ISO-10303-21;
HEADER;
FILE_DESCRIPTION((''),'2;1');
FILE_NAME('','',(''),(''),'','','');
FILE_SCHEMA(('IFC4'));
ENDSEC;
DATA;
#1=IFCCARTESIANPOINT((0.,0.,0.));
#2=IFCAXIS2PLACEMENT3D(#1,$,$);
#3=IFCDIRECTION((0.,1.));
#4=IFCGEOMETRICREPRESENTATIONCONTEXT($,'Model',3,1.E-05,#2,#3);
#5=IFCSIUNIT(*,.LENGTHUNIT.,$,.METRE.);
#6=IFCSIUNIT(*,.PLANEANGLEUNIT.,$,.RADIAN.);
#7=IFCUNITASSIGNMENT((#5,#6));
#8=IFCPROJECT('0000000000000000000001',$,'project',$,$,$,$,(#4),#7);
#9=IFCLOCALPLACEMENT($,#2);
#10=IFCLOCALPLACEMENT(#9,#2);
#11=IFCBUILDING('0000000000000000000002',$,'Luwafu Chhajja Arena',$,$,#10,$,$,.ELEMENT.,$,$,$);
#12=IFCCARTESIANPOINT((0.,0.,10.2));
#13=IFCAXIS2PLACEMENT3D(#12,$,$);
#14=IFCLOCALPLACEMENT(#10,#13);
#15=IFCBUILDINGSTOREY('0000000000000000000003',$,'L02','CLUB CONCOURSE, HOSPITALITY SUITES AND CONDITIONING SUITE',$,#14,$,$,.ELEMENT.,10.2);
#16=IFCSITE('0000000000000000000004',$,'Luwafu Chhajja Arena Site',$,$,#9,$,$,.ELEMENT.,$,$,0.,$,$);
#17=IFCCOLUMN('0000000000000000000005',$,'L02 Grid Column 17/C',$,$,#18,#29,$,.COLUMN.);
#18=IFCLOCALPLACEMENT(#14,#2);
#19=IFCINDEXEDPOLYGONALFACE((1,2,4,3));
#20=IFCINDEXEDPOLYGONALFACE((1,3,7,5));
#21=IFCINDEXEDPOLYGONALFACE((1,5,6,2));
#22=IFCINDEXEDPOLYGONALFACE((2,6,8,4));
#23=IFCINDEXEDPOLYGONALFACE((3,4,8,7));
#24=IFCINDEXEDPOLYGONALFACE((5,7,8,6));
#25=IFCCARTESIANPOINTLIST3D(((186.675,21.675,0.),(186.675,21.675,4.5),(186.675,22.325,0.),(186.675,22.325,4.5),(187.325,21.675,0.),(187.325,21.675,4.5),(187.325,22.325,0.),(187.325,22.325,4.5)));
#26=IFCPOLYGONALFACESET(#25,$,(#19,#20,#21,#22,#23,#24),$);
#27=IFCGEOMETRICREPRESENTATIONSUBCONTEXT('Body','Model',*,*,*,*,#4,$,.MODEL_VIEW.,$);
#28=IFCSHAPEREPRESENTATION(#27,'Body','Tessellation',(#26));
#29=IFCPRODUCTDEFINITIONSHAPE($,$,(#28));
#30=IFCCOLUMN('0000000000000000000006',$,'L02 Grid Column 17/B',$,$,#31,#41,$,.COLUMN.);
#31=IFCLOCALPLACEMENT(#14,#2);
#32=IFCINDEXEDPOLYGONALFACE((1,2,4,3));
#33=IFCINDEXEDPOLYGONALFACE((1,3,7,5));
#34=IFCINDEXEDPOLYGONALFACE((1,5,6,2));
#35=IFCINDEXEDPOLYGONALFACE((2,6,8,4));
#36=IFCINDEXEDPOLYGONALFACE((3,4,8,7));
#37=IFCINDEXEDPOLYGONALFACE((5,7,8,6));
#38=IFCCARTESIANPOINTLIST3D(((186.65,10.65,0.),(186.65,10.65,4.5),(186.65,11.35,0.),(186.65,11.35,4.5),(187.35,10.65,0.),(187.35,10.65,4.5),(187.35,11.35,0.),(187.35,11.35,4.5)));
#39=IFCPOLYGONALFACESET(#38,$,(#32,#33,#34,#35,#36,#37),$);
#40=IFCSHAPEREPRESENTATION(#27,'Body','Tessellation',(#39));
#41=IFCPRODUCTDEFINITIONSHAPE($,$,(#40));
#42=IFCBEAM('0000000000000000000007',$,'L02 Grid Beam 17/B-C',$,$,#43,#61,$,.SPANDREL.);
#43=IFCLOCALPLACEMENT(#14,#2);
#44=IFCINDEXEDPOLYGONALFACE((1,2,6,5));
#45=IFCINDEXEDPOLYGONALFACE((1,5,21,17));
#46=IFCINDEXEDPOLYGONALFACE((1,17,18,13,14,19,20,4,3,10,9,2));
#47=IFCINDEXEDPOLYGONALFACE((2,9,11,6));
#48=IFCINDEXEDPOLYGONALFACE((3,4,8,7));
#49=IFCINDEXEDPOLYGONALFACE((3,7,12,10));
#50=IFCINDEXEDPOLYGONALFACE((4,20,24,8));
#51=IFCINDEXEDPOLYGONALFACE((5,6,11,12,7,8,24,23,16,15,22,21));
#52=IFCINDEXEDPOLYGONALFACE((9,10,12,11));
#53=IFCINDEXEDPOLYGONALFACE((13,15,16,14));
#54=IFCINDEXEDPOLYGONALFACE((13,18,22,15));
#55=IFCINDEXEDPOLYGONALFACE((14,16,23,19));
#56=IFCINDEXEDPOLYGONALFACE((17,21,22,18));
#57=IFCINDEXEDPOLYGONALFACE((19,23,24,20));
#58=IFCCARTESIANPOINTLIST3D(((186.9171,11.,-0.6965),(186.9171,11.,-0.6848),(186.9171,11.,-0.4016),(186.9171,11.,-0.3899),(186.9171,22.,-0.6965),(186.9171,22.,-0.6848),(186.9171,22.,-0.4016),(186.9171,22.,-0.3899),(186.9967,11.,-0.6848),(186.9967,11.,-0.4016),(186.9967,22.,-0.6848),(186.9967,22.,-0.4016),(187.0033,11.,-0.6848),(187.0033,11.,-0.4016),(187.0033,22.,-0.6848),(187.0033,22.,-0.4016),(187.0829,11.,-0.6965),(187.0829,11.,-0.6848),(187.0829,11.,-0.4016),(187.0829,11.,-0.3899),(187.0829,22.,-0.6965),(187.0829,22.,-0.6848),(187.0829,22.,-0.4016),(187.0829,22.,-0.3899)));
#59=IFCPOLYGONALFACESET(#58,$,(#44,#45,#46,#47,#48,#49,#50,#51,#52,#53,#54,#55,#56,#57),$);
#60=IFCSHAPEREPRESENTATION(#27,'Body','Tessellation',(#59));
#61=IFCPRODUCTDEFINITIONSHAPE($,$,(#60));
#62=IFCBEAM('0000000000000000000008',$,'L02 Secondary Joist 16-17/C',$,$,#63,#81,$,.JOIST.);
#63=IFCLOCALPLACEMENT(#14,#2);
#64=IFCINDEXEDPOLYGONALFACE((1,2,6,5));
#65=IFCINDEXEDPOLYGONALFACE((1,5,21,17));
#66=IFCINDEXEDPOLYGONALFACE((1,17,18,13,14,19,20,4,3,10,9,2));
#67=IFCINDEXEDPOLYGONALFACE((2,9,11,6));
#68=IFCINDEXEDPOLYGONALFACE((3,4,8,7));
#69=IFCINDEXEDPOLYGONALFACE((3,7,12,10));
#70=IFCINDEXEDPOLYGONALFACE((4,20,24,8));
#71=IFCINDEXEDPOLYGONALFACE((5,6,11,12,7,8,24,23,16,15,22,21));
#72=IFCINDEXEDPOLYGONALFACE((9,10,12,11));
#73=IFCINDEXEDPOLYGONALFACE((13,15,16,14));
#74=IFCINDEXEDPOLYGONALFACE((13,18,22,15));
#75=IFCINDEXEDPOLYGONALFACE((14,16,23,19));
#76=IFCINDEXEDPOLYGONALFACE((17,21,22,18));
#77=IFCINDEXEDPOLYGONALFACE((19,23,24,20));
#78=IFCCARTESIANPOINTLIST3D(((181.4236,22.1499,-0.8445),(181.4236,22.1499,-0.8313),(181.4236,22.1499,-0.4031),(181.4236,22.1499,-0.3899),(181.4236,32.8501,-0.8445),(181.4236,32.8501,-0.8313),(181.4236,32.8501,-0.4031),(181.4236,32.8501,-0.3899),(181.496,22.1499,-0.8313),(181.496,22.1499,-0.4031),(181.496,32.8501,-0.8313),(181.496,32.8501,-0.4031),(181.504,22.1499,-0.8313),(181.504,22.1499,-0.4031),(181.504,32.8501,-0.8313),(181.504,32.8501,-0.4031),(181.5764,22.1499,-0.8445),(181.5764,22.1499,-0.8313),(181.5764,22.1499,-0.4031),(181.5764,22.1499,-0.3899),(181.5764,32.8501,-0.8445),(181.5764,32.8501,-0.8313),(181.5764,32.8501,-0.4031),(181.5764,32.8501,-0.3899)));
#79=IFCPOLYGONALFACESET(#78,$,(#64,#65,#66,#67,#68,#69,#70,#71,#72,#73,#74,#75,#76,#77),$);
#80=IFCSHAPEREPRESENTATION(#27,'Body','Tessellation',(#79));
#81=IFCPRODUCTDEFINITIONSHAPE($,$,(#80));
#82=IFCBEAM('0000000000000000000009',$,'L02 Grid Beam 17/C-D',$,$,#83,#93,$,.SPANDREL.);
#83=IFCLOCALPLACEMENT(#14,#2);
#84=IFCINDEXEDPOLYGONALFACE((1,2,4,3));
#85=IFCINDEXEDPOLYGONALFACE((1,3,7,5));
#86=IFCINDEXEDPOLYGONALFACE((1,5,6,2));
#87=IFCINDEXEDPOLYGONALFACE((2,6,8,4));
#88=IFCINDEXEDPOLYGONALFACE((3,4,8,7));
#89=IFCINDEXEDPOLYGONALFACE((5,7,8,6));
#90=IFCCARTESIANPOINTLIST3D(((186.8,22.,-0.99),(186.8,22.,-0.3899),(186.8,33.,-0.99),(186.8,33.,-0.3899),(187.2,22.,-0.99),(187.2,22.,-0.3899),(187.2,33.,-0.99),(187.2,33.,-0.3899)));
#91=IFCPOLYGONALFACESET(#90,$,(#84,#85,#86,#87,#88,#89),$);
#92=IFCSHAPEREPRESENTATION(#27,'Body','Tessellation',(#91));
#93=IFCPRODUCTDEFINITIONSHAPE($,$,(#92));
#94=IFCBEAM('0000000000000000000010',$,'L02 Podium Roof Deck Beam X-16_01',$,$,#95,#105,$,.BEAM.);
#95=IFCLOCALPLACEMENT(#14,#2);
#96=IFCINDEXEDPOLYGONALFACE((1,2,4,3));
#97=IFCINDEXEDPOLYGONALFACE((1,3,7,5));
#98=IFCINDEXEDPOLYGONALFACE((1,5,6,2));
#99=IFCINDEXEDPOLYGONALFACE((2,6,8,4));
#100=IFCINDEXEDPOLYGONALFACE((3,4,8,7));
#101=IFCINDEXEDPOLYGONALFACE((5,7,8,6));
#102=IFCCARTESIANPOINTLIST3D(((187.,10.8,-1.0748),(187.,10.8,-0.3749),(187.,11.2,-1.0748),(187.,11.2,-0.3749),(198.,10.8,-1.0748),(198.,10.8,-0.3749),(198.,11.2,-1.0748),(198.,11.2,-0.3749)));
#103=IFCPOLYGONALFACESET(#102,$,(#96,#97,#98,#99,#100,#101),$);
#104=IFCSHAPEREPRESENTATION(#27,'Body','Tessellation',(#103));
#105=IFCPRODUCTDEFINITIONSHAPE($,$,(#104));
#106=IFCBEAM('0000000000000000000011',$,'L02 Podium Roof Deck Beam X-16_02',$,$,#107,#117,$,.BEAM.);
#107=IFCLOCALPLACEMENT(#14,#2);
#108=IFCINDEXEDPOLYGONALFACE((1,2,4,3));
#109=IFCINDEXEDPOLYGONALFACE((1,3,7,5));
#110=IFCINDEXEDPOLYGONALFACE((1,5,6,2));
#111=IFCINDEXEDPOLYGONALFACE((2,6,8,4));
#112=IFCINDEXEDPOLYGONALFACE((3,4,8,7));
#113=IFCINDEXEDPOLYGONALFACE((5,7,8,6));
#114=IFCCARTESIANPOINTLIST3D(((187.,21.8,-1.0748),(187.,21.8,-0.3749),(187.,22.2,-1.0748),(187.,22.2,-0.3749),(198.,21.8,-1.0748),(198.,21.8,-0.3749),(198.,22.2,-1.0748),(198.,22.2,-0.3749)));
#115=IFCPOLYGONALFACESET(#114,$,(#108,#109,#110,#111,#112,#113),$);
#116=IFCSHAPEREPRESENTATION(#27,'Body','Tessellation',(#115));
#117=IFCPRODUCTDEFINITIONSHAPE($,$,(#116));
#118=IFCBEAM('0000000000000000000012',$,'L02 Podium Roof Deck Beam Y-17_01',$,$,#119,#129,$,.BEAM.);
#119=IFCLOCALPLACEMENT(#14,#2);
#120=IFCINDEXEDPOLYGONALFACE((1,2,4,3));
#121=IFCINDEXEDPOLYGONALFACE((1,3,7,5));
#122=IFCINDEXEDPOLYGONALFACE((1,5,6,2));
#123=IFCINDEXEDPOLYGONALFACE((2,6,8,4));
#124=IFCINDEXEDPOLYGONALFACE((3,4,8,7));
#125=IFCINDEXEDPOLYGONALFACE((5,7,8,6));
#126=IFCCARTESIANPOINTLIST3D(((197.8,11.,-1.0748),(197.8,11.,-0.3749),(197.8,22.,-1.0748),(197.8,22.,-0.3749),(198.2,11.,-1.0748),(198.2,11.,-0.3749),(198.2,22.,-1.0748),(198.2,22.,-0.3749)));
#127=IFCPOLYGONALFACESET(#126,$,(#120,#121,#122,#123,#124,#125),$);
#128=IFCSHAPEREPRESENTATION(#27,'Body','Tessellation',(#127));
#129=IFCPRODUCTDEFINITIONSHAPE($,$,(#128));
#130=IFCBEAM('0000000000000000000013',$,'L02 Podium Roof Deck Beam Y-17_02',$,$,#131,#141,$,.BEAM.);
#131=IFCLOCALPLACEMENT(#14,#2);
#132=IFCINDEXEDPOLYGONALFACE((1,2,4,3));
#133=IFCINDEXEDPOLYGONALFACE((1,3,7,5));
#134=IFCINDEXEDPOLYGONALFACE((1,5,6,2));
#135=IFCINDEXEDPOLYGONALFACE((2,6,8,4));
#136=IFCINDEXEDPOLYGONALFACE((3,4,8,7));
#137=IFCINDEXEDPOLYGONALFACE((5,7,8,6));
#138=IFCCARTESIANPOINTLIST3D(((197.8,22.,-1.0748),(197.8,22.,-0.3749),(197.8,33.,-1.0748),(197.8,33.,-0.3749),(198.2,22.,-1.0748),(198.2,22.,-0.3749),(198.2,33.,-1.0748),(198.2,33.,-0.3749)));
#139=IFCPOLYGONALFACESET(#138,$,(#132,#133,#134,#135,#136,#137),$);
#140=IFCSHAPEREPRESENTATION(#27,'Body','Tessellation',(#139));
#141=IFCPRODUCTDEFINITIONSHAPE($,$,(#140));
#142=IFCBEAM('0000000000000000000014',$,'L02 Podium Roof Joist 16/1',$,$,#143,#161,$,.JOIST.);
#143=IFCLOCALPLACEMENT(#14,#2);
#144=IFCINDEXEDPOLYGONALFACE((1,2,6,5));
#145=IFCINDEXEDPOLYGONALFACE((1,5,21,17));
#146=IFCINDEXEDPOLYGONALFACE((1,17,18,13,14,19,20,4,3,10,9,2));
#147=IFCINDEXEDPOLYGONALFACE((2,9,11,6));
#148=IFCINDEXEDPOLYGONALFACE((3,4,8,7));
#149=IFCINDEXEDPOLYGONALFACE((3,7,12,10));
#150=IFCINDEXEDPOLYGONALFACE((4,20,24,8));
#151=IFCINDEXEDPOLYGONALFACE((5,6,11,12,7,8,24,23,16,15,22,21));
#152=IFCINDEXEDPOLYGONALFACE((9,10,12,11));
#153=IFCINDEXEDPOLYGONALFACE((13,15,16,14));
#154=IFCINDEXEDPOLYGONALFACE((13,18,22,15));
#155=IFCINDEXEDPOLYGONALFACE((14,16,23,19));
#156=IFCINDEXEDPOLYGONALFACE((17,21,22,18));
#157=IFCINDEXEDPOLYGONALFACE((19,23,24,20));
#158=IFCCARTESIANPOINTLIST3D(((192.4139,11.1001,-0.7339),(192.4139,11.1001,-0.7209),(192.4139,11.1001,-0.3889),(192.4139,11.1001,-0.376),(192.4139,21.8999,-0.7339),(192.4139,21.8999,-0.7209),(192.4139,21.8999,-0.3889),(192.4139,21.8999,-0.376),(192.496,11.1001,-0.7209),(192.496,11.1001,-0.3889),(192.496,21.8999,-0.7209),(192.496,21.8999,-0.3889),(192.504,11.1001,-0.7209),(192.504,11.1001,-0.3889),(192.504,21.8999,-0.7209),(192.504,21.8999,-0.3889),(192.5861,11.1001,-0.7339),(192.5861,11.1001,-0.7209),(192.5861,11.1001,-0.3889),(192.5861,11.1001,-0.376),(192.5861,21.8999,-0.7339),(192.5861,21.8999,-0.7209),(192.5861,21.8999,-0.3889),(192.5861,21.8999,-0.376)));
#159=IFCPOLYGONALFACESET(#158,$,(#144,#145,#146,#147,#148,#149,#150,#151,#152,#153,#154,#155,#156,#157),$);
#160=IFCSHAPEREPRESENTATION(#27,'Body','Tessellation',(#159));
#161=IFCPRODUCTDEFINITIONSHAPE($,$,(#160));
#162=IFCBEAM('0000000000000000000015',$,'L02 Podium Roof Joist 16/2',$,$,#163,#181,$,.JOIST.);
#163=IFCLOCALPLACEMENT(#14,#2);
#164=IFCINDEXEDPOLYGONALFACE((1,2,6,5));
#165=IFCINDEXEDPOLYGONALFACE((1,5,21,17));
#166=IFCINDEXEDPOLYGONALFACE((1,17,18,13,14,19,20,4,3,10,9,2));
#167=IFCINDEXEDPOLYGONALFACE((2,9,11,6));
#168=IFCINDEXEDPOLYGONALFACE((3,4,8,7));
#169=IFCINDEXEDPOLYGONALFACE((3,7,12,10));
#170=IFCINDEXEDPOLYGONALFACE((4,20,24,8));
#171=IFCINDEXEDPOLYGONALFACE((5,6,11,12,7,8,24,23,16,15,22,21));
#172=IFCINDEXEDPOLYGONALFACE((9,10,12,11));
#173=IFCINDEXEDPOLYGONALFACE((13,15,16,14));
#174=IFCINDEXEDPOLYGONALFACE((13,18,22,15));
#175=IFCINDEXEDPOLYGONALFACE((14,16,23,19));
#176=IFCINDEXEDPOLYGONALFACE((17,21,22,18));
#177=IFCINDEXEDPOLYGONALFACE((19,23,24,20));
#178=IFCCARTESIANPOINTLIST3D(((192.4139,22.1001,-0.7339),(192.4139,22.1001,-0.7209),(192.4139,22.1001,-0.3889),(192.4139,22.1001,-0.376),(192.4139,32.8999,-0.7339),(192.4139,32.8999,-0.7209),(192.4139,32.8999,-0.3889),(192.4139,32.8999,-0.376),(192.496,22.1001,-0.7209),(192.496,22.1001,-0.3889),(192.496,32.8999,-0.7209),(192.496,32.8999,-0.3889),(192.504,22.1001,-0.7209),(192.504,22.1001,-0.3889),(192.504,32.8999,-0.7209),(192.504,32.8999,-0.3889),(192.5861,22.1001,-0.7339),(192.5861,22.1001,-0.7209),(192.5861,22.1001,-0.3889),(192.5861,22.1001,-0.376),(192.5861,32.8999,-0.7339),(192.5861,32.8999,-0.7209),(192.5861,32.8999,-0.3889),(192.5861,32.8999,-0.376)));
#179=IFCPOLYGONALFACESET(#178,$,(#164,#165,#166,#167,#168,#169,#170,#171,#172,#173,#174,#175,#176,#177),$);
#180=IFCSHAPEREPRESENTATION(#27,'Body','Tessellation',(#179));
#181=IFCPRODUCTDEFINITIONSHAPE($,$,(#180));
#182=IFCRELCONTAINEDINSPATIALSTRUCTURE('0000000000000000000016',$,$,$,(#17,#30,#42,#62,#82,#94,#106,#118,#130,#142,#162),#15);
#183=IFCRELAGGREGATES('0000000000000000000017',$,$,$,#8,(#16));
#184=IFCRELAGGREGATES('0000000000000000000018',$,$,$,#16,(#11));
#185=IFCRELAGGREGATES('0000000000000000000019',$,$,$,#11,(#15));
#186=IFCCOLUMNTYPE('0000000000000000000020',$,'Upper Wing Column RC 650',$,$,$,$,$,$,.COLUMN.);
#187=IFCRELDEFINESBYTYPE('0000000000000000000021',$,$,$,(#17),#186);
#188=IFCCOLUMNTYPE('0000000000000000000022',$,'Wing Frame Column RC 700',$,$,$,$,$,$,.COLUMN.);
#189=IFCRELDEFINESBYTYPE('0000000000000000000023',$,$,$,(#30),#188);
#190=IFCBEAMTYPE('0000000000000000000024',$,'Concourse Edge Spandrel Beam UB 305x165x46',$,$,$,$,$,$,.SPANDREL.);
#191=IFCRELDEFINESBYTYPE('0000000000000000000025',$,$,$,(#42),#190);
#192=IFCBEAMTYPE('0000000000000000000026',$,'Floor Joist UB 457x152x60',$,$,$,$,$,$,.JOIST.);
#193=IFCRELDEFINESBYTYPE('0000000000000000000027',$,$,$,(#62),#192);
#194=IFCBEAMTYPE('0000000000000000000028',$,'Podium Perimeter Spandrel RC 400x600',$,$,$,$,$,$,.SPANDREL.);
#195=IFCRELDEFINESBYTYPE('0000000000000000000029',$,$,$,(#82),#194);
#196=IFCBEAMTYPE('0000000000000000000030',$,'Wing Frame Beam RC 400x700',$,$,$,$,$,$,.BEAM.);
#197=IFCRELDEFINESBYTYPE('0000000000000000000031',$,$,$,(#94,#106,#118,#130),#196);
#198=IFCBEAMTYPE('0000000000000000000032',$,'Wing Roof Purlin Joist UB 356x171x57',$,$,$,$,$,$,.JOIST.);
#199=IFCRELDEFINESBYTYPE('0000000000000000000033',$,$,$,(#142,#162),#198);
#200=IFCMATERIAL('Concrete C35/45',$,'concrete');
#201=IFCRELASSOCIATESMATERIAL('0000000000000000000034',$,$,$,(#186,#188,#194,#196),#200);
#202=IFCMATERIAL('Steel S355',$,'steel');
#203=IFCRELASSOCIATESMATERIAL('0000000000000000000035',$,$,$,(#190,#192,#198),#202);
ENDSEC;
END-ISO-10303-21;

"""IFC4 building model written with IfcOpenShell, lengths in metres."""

from ifc_helpers import new_model, si_unit, direction, frame, origin, origin_2d, place, context, subcontext, project, spatial, rectangle, i_section, extrude, material, material_profile, profile_set, type_object, element, save


model = new_model("IFC4")

# Units and contexts
model_context = context("Model", 3, precision=1e-05, world=origin(), true_north=direction((0.0, 1.0)))
body_context = subcontext(model_context, "Body", "Model", "MODEL_VIEW")
ifc_project = project(units=[si_unit("LENGTHUNIT", "METRE"), si_unit("PLANEANGLEUNIT", "RADIAN")], contexts=[model_context])

# Site, building, storey
site_placement = place(None, origin())
site = spatial("IfcSite", under=ifc_project, at=site_placement, Name="Luwafu Chhajja Arena Site", CompositionType="ELEMENT", RefElevation=0.0)
building_placement = place(site_placement, origin())
building = spatial("IfcBuilding", under=site, at=building_placement, Name="Luwafu Chhajja Arena", CompositionType="ELEMENT")
storey_placement = place(building_placement, frame((0.0, 0.0, 10.2)))
storey = spatial("IfcBuildingStorey", under=building, at=storey_placement, Name="L02", Description="CLUB CONCOURSE, HOSPITALITY SUITES AND CONDITIONING SUITE", CompositionType="ELEMENT", Elevation=10.2)

# Columns
ifc_material_1 = material(Name="Concrete C35/45", Category="concrete")
ifc_material_profile_1 = material_profile(ifc_material_1, rectangle(XDim=0.6499, YDim=0.6499, at=origin_2d()), Name="RC 650x650")
ifc_profile_set_1 = profile_set([ifc_material_profile_1], Name="Concrete C35/45")
column_type_1 = type_object("IfcColumnType", Name="Upper Wing Column RC 650", PredefinedType="COLUMN", material=ifc_profile_set_1)
column_1_placement = place(storey_placement, frame((187.0, 22.0, 0.0), z_axis=(0.0, 0.0, 1.0), x_axis=(1.0, 0.0, 0.0)))
element("IfcColumn", 1, at=column_1_placement, inside=storey, type_object=column_type_1, Name="L02 Grid Column 17/C", PredefinedType="COLUMN", context=body_context, shape_type="SweptSolid", body=[
    extrude(rectangle(XDim=0.6499, YDim=0.6499, at=origin_2d()), origin(), (0.0, 0.0, 1.0), 4.5),
])
ifc_material_profile_2 = material_profile(ifc_material_1, rectangle(XDim=0.7, YDim=0.7, at=origin_2d()), Name="RC 700x700")
ifc_profile_set_2 = profile_set([ifc_material_profile_2], Name="Concrete C35/45")
column_type_2 = type_object("IfcColumnType", Name="Wing Frame Column RC 700", PredefinedType="COLUMN", material=ifc_profile_set_2)
column_2_placement = place(storey_placement, frame((187.0, 11.0, 0.0), z_axis=(0.0, 0.0, 1.0), x_axis=(1.0, 0.0, 0.0)))
element("IfcColumn", 2, at=column_2_placement, inside=storey, type_object=column_type_2, Name="L02 Grid Column 17/B", PredefinedType="COLUMN", context=body_context, shape_type="SweptSolid", body=[
    extrude(rectangle(XDim=0.7, YDim=0.7, at=origin_2d()), origin(), (0.0, 0.0, 1.0), 4.5),
])

# Beams
ifc_material_2 = material(Name="Steel S355", Category="steel")
ifc_material_profile_3 = material_profile(ifc_material_2, i_section(OverallWidth=0.1658, OverallDepth=0.3066, WebThickness=0.0066, FlangeThickness=0.0117, at=origin_2d()), Name="UB 305x165x46")
ifc_profile_set_3 = profile_set([ifc_material_profile_3], Name="Steel S355")
beam_type_1 = type_object("IfcBeamType", Name="Concourse Edge Spandrel Beam UB 305x165x46", PredefinedType="SPANDREL", material=ifc_profile_set_3)
beam_1_placement = place(storey_placement, frame((187.0, 11.0, -0.5432), z_axis=(0.0, 1.0, 0.0), x_axis=(-1.0, 0.0, 0.0)))
element("IfcBeam", 3, at=beam_1_placement, inside=storey, type_object=beam_type_1, Name="L02 Grid Beam 17/B-C", PredefinedType="SPANDREL", context=body_context, shape_type="SweptSolid", body=[
    extrude(i_section(OverallWidth=0.1658, OverallDepth=0.3066, WebThickness=0.0066, FlangeThickness=0.0117, at=origin_2d()), origin(), (0.0, 0.0, 1.0), 11.0),
])
ifc_material_profile_4 = material_profile(ifc_material_2, i_section(OverallWidth=0.1528, OverallDepth=0.4546, WebThickness=0.0081, FlangeThickness=0.0132, at=origin_2d()), Name="UB 457x152x60")
ifc_profile_set_4 = profile_set([ifc_material_profile_4], Name="Steel S355")
beam_type_2 = type_object("IfcBeamType", Name="Floor Joist UB 457x152x60", PredefinedType="JOIST", material=ifc_profile_set_4)
beam_2_placement = place(storey_placement, frame((181.5, 22.1499, -0.6172), z_axis=(0.0, 1.0, 0.0), x_axis=(-1.0, 0.0, 0.0)))
element("IfcBeam", 4, at=beam_2_placement, inside=storey, type_object=beam_type_2, Name="L02 Secondary Joist 16-17/C", PredefinedType="JOIST", context=body_context, shape_type="SweptSolid", body=[
    extrude(i_section(OverallWidth=0.1528, OverallDepth=0.4546, WebThickness=0.0081, FlangeThickness=0.0132, at=origin_2d()), origin(), (0.0, 0.0, 1.0), 10.7002),
])
ifc_material_profile_5 = material_profile(ifc_material_1, rectangle(XDim=0.3999, YDim=0.6001, at=origin_2d()), Name="RC 400x600")
ifc_profile_set_5 = profile_set([ifc_material_profile_5], Name="Concrete C35/45")
beam_type_3 = type_object("IfcBeamType", Name="Podium Perimeter Spandrel RC 400x600", PredefinedType="SPANDREL", material=ifc_profile_set_5)
beam_3_placement = place(storey_placement, frame((187.0, 22.0, -0.6899), z_axis=(0.0, 1.0, 0.0), x_axis=(-1.0, 0.0, 0.0)))
element("IfcBeam", 5, at=beam_3_placement, inside=storey, type_object=beam_type_3, Name="L02 Grid Beam 17/C-D", PredefinedType="SPANDREL", context=body_context, shape_type="SweptSolid", body=[
    extrude(rectangle(XDim=0.3999, YDim=0.6001, at=origin_2d()), origin(), (0.0, 0.0, 1.0), 11.0),
])
ifc_material_profile_6 = material_profile(ifc_material_1, rectangle(XDim=0.3999, YDim=0.7, at=origin_2d()), Name="RC 400x700")
ifc_profile_set_6 = profile_set([ifc_material_profile_6], Name="Concrete C35/45")
beam_type_4 = type_object("IfcBeamType", Name="Wing Frame Beam RC 400x700", PredefinedType="BEAM", material=ifc_profile_set_6)
for number, where, z_axis, x_axis, name in (
    (6, (187.0, 11.0, -0.7249), (1.0, 0.0, 0.0), (0.0, 1.0, 0.0), "L02 Podium Roof Deck Beam X-16_01"),
    (7, (187.0, 22.0, -0.7249), (1.0, 0.0, 0.0), (0.0, 1.0, 0.0), "L02 Podium Roof Deck Beam X-16_02"),
    (8, (198.0, 11.0, -0.7249), (0.0, 1.0, 0.0), (-1.0, 0.0, 0.0), "L02 Podium Roof Deck Beam Y-17_01"),
    (9, (198.0, 22.0, -0.7249), (0.0, 1.0, 0.0), (-1.0, 0.0, 0.0), "L02 Podium Roof Deck Beam Y-17_02"),
):
    element("IfcBeam", number, at=place(storey_placement, frame(where, z_axis=z_axis, x_axis=x_axis)), inside=storey, type_object=beam_type_4, Name=name, PredefinedType="BEAM", context=body_context, shape_type="SweptSolid", body=[
        extrude(rectangle(XDim=0.3999, YDim=0.7, at=origin_2d()), origin(), (0.0, 0.0, 1.0), 11.0),
    ])
ifc_material_profile_7 = material_profile(ifc_material_2, i_section(OverallWidth=0.1721, OverallDepth=0.3579, WebThickness=0.0081, FlangeThickness=0.0129, at=origin_2d()), Name="UB 356x171x57")
ifc_profile_set_7 = profile_set([ifc_material_profile_7], Name="Steel S355")
beam_type_5 = type_object("IfcBeamType", Name="Wing Roof Purlin Joist UB 356x171x57", PredefinedType="JOIST", material=ifc_profile_set_7)
for number, where, z_axis, x_axis, name in (
    (10, (192.5, 11.1001, -0.5549), (0.0, 1.0, 0.0), (-1.0, 0.0, 0.0), "L02 Podium Roof Joist 16/1"),
    (11, (192.5, 22.1001, -0.5549), (0.0, 1.0, 0.0), (-1.0, 0.0, 0.0), "L02 Podium Roof Joist 16/2"),
):
    element("IfcBeam", number, at=place(storey_placement, frame(where, z_axis=z_axis, x_axis=x_axis)), inside=storey, type_object=beam_type_5, Name=name, PredefinedType="JOIST", context=body_context, shape_type="SweptSolid", body=[
        extrude(i_section(OverallWidth=0.1721, OverallDepth=0.3579, WebThickness=0.0081, FlangeThickness=0.0129, at=origin_2d()), origin(), (0.0, 0.0, 1.0), 10.7998),
    ])

save(model, "model.ifc")
